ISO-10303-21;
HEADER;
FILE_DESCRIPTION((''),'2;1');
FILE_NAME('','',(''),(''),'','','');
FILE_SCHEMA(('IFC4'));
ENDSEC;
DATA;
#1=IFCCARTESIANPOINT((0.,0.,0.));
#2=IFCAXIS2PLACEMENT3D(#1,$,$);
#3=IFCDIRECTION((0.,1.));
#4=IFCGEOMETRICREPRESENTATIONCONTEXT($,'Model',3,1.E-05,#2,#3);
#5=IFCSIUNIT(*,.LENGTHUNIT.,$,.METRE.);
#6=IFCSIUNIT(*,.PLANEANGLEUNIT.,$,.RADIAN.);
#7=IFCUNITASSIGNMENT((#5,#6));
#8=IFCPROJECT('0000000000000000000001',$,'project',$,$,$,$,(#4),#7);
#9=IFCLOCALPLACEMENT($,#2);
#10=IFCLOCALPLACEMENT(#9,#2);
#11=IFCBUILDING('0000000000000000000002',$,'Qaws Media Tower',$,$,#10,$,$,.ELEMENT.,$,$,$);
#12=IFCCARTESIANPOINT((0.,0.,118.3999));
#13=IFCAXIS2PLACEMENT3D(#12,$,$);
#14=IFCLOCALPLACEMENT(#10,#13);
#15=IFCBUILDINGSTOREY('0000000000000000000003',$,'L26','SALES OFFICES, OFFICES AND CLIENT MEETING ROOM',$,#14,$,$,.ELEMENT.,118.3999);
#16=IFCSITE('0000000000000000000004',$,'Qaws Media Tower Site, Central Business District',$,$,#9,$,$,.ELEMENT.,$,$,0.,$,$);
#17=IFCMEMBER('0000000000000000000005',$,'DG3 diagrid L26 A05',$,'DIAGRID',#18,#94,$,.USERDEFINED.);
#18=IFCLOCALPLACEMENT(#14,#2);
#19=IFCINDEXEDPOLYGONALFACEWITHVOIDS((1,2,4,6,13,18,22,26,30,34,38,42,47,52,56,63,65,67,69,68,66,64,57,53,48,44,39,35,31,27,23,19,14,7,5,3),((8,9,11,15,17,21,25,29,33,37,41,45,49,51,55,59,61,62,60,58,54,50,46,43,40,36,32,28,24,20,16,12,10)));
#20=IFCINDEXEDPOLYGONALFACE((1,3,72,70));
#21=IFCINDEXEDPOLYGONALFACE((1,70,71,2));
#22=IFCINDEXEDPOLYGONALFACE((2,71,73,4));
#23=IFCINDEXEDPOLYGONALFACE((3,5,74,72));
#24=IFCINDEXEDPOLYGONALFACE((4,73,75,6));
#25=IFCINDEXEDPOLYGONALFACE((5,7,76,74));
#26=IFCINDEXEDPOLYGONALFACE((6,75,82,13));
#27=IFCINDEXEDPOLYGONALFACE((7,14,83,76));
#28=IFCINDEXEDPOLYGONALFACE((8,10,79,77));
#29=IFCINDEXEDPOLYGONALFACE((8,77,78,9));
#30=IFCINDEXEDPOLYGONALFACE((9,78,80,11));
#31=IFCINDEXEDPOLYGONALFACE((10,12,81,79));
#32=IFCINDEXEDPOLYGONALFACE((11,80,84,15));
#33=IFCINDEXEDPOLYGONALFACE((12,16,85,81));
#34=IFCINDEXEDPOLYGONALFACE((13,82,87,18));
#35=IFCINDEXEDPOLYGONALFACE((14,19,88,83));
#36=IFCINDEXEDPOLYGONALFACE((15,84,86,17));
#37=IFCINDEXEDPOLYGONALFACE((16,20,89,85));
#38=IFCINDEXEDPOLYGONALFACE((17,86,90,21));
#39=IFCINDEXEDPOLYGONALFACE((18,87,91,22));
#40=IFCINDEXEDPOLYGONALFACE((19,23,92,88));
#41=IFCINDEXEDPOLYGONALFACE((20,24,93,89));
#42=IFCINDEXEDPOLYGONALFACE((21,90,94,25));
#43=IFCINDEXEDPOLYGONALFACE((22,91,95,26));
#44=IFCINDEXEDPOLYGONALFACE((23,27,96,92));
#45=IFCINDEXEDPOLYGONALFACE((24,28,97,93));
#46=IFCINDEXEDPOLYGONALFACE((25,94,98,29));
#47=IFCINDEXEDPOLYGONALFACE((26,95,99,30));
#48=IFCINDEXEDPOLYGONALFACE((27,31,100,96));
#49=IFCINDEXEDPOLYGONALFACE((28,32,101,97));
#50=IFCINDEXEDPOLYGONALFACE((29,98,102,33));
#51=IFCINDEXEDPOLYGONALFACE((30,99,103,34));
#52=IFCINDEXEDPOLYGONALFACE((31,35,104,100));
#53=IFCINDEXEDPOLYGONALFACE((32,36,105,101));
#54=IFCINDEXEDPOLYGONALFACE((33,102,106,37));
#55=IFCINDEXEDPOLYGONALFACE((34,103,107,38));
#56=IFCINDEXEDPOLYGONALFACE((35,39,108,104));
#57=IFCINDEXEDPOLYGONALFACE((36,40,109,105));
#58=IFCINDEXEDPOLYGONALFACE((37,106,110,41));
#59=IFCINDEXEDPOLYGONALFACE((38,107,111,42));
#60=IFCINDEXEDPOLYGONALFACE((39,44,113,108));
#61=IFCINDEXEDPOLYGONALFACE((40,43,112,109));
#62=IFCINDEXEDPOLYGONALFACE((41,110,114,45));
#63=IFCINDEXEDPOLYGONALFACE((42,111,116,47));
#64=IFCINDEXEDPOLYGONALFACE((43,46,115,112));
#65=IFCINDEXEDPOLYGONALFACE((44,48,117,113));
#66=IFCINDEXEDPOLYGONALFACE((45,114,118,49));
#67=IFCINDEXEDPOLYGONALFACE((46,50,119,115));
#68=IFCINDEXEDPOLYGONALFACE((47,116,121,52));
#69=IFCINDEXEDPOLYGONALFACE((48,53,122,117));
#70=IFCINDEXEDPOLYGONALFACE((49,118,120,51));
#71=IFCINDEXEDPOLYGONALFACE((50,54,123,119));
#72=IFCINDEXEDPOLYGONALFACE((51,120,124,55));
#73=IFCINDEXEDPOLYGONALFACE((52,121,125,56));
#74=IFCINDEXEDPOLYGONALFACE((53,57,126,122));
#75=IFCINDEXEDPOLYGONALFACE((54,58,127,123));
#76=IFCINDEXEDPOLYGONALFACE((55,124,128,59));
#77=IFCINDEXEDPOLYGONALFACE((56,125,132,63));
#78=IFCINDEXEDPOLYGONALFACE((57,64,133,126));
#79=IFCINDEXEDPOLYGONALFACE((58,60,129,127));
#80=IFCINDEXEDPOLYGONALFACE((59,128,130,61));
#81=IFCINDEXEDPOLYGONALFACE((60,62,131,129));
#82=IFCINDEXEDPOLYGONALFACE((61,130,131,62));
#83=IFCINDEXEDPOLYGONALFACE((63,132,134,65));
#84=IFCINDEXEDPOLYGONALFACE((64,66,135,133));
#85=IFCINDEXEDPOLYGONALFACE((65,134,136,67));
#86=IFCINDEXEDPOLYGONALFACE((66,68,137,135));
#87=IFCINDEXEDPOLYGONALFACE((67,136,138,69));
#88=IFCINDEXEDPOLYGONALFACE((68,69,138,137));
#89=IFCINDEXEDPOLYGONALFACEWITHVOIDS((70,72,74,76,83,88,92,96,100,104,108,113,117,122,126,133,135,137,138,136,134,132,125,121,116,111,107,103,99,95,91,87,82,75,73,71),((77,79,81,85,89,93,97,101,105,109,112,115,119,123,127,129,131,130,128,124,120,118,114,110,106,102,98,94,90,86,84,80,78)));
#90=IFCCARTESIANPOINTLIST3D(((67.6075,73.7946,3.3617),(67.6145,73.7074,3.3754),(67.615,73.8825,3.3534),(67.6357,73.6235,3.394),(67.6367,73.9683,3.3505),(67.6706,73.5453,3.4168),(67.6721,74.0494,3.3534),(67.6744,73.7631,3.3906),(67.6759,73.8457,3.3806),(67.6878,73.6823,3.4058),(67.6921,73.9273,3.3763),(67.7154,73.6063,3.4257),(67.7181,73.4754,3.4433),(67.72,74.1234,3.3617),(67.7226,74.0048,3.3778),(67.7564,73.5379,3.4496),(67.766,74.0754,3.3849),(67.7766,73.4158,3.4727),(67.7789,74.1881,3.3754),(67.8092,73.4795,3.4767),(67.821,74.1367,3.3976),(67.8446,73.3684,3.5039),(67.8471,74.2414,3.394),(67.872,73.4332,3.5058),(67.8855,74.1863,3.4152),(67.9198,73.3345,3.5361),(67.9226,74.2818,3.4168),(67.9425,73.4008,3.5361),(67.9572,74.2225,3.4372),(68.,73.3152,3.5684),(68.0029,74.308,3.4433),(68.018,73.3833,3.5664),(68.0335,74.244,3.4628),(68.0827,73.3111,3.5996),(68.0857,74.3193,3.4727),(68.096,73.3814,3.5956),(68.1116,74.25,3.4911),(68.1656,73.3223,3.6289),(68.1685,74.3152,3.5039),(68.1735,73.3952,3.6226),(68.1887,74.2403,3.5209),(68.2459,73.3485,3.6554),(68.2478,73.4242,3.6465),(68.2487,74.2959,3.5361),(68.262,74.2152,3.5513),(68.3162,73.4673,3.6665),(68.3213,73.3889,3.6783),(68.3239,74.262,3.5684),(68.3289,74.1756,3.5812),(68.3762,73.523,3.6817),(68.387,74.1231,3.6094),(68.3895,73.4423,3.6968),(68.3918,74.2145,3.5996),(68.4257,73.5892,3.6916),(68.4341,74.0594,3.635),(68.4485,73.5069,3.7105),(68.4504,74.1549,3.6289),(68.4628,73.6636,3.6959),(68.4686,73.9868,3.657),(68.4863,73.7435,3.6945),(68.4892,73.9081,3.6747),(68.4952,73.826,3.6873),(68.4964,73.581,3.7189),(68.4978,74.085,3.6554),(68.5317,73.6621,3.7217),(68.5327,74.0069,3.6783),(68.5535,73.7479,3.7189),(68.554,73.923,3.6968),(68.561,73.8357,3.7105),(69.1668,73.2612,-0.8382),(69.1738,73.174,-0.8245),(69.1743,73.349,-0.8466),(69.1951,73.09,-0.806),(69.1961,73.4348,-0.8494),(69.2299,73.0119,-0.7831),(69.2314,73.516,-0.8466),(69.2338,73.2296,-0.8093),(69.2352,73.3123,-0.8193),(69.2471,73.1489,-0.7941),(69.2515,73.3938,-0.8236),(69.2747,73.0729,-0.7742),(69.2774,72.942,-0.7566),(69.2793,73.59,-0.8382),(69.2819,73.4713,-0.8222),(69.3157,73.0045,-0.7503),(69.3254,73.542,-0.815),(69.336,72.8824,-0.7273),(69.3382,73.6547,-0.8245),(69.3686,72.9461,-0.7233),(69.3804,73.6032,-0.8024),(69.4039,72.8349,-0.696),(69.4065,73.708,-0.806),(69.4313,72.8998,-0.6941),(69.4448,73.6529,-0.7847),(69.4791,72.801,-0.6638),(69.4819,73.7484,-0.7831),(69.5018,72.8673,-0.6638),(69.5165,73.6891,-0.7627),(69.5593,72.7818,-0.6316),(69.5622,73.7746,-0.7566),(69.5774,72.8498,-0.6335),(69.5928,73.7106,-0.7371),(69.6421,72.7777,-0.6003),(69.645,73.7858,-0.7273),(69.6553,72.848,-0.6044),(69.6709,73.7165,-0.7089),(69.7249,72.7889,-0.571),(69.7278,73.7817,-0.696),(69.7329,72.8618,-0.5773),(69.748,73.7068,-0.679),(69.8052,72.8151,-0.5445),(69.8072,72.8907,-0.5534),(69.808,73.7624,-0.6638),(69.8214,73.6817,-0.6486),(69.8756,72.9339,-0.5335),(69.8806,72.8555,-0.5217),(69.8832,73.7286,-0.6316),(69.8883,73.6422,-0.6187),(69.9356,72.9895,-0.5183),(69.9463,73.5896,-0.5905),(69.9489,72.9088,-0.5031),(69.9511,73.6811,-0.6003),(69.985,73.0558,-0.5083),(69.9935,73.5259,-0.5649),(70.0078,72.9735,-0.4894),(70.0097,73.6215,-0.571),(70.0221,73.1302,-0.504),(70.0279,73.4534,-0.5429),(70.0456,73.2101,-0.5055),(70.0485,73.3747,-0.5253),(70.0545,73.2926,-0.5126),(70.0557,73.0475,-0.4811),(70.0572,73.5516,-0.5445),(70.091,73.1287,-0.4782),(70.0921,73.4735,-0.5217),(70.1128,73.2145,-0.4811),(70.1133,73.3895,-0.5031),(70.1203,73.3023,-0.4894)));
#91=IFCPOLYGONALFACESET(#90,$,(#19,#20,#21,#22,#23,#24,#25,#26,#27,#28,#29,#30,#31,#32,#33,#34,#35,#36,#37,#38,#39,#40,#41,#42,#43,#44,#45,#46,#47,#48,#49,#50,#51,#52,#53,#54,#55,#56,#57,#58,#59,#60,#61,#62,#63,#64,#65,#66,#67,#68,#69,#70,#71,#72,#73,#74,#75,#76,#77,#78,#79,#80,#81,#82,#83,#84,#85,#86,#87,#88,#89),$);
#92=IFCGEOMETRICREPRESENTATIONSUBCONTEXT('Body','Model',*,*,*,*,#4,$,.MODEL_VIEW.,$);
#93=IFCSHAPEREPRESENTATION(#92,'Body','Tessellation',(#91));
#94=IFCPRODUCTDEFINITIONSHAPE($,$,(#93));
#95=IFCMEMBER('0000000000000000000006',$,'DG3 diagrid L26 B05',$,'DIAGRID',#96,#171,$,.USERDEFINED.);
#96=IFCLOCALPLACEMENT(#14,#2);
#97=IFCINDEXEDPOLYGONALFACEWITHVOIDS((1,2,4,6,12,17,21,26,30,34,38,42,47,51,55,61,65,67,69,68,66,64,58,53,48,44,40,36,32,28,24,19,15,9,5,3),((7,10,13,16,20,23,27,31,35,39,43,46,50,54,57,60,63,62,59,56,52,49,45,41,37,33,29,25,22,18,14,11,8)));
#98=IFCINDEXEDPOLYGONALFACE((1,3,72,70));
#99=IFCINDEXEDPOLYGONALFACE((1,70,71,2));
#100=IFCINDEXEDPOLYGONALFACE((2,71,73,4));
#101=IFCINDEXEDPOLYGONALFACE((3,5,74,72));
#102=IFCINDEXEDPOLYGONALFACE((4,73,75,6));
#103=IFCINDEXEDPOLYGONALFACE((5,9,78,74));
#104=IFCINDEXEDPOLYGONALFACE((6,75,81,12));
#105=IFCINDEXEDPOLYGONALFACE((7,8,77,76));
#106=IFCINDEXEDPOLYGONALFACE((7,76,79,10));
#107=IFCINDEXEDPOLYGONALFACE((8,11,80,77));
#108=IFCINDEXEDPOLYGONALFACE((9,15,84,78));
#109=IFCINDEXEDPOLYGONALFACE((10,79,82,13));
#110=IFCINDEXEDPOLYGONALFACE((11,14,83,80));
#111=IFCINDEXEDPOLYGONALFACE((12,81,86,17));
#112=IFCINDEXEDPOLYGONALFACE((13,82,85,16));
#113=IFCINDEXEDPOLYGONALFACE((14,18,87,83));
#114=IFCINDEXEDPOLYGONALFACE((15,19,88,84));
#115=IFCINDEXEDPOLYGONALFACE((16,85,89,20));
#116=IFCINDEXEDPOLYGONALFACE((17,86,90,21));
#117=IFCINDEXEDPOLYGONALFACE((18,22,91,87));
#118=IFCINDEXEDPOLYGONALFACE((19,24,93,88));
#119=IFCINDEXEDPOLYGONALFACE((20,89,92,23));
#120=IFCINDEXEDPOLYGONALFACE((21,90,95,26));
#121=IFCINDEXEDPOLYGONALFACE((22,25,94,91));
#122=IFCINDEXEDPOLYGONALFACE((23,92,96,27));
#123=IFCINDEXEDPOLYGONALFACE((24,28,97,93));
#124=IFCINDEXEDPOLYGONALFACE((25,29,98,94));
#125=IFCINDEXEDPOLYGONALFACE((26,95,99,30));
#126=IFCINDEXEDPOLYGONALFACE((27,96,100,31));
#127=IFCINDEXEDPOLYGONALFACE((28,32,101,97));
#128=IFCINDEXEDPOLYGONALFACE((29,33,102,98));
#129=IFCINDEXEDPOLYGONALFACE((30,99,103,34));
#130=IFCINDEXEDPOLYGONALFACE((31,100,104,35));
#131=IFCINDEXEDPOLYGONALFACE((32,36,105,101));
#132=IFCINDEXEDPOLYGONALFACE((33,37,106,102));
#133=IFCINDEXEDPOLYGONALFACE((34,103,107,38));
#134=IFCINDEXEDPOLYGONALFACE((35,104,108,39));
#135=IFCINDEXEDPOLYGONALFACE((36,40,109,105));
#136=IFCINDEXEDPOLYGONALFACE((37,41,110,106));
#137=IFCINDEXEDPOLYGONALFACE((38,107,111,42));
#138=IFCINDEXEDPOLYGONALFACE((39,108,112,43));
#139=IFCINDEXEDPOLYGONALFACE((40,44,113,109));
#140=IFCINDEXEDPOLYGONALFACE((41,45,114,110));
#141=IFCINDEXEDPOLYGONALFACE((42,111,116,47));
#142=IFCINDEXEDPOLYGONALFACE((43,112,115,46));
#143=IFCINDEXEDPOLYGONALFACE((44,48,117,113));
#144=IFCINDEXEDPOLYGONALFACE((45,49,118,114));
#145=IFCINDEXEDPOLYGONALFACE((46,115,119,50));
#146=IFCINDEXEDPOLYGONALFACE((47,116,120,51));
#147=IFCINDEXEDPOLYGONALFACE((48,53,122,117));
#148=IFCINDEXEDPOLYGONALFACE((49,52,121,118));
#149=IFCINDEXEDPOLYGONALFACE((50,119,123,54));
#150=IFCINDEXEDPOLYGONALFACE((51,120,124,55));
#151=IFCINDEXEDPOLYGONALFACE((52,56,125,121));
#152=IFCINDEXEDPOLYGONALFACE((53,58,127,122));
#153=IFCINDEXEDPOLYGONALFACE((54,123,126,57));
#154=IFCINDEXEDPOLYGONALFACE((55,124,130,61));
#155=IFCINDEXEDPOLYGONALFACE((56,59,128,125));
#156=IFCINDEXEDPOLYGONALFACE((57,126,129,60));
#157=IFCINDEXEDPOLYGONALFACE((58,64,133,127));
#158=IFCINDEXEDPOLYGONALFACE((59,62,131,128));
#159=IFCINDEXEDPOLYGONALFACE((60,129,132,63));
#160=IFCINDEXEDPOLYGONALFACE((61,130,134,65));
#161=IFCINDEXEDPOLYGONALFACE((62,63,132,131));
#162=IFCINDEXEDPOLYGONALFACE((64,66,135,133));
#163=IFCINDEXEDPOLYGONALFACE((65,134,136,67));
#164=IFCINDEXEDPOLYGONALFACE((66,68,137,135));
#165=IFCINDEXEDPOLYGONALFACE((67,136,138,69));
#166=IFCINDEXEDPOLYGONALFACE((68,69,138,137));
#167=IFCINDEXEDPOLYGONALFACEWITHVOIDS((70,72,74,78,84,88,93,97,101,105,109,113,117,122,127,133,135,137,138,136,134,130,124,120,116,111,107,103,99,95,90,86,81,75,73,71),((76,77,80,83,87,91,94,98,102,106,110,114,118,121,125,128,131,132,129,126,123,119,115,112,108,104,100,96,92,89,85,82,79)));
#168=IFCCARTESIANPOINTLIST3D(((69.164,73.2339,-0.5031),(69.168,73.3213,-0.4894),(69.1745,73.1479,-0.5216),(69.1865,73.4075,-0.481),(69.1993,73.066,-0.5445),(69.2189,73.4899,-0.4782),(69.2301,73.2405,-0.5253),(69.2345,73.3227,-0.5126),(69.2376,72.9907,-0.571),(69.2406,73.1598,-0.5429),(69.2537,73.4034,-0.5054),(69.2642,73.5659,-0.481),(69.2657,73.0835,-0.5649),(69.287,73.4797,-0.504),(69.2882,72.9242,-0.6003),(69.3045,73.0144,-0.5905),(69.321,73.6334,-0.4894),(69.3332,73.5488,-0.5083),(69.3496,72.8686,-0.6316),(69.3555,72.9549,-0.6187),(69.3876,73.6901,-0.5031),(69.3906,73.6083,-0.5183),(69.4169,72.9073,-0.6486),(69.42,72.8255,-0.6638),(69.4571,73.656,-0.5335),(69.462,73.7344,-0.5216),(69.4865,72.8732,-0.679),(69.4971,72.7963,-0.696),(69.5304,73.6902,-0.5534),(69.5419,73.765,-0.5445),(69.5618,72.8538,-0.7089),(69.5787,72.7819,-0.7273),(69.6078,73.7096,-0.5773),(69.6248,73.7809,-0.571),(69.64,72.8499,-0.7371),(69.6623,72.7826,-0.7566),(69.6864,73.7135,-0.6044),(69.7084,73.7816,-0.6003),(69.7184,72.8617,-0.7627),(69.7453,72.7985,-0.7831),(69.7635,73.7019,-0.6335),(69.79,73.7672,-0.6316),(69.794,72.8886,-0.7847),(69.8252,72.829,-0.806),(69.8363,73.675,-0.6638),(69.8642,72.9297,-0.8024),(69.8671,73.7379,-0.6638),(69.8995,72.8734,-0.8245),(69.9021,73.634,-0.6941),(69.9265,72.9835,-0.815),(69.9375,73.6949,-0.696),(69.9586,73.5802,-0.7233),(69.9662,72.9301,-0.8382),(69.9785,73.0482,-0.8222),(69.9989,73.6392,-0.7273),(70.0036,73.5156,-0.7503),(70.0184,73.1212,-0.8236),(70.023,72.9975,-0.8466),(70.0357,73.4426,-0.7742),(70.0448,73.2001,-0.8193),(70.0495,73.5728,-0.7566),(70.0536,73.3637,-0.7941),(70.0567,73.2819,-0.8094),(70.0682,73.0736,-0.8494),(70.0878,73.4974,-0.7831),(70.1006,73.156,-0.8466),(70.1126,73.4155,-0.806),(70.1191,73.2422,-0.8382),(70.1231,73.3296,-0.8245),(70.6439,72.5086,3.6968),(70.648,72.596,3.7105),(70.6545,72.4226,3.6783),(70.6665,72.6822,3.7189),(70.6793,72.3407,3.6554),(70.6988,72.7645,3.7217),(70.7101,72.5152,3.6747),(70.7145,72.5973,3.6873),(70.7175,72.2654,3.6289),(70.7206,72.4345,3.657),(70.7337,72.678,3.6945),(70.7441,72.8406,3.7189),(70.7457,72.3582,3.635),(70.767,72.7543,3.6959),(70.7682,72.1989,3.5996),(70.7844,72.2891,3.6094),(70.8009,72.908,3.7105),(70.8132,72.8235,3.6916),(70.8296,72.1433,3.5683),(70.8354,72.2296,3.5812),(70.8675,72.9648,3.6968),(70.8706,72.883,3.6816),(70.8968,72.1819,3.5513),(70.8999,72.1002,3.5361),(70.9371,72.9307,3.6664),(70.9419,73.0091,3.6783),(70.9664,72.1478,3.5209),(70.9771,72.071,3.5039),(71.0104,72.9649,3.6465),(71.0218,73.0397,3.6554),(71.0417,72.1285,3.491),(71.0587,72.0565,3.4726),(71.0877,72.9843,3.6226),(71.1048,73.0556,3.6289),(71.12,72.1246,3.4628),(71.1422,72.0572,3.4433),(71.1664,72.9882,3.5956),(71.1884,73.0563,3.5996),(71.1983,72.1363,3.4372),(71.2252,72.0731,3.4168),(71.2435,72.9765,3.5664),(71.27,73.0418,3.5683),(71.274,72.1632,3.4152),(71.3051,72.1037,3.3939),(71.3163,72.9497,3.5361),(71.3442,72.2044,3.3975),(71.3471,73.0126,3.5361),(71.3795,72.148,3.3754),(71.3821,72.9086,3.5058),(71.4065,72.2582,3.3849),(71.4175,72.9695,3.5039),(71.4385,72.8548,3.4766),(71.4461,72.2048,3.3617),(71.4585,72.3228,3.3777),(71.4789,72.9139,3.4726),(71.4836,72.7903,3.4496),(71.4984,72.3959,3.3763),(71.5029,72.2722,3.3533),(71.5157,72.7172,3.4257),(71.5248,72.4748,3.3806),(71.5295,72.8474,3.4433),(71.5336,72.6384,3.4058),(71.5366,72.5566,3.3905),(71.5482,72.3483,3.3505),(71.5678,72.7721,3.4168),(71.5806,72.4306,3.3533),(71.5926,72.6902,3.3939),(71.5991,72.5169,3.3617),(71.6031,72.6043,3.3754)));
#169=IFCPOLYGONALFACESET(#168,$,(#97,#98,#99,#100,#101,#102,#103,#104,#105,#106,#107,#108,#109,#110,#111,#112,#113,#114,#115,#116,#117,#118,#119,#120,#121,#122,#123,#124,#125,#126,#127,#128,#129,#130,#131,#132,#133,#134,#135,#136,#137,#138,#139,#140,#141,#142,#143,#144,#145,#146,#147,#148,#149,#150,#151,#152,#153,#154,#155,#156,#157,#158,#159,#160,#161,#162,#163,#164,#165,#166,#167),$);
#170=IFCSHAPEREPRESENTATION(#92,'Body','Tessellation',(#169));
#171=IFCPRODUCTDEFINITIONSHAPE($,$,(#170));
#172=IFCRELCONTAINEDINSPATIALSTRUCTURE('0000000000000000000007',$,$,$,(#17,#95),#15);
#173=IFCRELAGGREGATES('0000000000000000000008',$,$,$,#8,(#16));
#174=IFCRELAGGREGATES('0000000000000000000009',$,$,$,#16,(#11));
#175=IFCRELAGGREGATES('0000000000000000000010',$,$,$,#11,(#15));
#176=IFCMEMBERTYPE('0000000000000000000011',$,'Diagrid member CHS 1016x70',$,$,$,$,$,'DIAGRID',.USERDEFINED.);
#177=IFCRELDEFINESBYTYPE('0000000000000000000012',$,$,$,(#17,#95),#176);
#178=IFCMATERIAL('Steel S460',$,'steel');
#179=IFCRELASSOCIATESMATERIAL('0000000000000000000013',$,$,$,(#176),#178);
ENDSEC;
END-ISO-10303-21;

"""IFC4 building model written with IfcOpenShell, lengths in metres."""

from ifc_helpers import new_model, si_unit, direction, frame, origin, origin_2d, place, context, subcontext, project, spatial, hollow_circle, extrude, material, material_profile, profile_set, type_object, element, save


model = new_model("IFC4")

# Units and contexts
model_context = context("Model", 3, precision=1e-05, world=origin(), true_north=direction((0.0, 1.0)))
body_context = subcontext(model_context, "Body", "Model", "MODEL_VIEW")
ifc_project = project(units=[si_unit("LENGTHUNIT", "METRE"), si_unit("PLANEANGLEUNIT", "RADIAN")], contexts=[model_context])

# Site, building, storey
site_placement = place(None, origin())
site = spatial("IfcSite", under=ifc_project, at=site_placement, Name="Qaws Media Tower Site, Central Business District", CompositionType="ELEMENT", RefElevation=0.0)
building_placement = place(site_placement, origin())
building = spatial("IfcBuilding", under=site, at=building_placement, Name="Qaws Media Tower", CompositionType="ELEMENT")
storey_placement = place(building_placement, frame((0.0, 0.0, 118.3999)))
storey = spatial("IfcBuildingStorey", under=building, at=storey_placement, Name="L26", Description="SALES OFFICES, OFFICES AND CLIENT MEETING ROOM", CompositionType="ELEMENT", Elevation=118.3999)

# Members
ifc_material_1 = material(Name="Steel S460", Category="steel")
ifc_material_profile_1 = material_profile(ifc_material_1, hollow_circle(Radius=0.5081, WallThickness=0.0701, at=origin_2d()), Name="CHS 1016x70")
ifc_profile_set_1 = profile_set([ifc_material_profile_1], Name="Steel S460")
member_type_1 = type_object("IfcMemberType", Name="Diagrid member CHS 1016x70", ElementType="DIAGRID", PredefinedType="USERDEFINED", material=ifc_profile_set_1)
for number, where, z_axis, x_axis, name in (
    (1, (69.6436, 73.2817, -0.6638), (-0.345616, 0.118236, 0.930897), (-0.323684, -0.946165, 0.0), "DG3 diagrid L26 A05"),
    (2, (69.6436, 73.2817, -0.6638), (0.328027, -0.160767, 0.930888), (0.440089, 0.897954, 0.0), "DG3 diagrid L26 B05"),
):
    element("IfcMember", number, at=place(storey_placement, frame(where, z_axis=z_axis, x_axis=x_axis)), inside=storey, type_object=member_type_1, Name=name, ObjectType="DIAGRID", PredefinedType="USERDEFINED", context=body_context, shape_type="SweptSolid", body=[
        extrude(hollow_circle(Radius=0.5081, WallThickness=0.0701, at=origin_2d()), origin(), (0.0, 0.0, 1.0), 4.5117),
    ])

save(model, "model.ifc")
